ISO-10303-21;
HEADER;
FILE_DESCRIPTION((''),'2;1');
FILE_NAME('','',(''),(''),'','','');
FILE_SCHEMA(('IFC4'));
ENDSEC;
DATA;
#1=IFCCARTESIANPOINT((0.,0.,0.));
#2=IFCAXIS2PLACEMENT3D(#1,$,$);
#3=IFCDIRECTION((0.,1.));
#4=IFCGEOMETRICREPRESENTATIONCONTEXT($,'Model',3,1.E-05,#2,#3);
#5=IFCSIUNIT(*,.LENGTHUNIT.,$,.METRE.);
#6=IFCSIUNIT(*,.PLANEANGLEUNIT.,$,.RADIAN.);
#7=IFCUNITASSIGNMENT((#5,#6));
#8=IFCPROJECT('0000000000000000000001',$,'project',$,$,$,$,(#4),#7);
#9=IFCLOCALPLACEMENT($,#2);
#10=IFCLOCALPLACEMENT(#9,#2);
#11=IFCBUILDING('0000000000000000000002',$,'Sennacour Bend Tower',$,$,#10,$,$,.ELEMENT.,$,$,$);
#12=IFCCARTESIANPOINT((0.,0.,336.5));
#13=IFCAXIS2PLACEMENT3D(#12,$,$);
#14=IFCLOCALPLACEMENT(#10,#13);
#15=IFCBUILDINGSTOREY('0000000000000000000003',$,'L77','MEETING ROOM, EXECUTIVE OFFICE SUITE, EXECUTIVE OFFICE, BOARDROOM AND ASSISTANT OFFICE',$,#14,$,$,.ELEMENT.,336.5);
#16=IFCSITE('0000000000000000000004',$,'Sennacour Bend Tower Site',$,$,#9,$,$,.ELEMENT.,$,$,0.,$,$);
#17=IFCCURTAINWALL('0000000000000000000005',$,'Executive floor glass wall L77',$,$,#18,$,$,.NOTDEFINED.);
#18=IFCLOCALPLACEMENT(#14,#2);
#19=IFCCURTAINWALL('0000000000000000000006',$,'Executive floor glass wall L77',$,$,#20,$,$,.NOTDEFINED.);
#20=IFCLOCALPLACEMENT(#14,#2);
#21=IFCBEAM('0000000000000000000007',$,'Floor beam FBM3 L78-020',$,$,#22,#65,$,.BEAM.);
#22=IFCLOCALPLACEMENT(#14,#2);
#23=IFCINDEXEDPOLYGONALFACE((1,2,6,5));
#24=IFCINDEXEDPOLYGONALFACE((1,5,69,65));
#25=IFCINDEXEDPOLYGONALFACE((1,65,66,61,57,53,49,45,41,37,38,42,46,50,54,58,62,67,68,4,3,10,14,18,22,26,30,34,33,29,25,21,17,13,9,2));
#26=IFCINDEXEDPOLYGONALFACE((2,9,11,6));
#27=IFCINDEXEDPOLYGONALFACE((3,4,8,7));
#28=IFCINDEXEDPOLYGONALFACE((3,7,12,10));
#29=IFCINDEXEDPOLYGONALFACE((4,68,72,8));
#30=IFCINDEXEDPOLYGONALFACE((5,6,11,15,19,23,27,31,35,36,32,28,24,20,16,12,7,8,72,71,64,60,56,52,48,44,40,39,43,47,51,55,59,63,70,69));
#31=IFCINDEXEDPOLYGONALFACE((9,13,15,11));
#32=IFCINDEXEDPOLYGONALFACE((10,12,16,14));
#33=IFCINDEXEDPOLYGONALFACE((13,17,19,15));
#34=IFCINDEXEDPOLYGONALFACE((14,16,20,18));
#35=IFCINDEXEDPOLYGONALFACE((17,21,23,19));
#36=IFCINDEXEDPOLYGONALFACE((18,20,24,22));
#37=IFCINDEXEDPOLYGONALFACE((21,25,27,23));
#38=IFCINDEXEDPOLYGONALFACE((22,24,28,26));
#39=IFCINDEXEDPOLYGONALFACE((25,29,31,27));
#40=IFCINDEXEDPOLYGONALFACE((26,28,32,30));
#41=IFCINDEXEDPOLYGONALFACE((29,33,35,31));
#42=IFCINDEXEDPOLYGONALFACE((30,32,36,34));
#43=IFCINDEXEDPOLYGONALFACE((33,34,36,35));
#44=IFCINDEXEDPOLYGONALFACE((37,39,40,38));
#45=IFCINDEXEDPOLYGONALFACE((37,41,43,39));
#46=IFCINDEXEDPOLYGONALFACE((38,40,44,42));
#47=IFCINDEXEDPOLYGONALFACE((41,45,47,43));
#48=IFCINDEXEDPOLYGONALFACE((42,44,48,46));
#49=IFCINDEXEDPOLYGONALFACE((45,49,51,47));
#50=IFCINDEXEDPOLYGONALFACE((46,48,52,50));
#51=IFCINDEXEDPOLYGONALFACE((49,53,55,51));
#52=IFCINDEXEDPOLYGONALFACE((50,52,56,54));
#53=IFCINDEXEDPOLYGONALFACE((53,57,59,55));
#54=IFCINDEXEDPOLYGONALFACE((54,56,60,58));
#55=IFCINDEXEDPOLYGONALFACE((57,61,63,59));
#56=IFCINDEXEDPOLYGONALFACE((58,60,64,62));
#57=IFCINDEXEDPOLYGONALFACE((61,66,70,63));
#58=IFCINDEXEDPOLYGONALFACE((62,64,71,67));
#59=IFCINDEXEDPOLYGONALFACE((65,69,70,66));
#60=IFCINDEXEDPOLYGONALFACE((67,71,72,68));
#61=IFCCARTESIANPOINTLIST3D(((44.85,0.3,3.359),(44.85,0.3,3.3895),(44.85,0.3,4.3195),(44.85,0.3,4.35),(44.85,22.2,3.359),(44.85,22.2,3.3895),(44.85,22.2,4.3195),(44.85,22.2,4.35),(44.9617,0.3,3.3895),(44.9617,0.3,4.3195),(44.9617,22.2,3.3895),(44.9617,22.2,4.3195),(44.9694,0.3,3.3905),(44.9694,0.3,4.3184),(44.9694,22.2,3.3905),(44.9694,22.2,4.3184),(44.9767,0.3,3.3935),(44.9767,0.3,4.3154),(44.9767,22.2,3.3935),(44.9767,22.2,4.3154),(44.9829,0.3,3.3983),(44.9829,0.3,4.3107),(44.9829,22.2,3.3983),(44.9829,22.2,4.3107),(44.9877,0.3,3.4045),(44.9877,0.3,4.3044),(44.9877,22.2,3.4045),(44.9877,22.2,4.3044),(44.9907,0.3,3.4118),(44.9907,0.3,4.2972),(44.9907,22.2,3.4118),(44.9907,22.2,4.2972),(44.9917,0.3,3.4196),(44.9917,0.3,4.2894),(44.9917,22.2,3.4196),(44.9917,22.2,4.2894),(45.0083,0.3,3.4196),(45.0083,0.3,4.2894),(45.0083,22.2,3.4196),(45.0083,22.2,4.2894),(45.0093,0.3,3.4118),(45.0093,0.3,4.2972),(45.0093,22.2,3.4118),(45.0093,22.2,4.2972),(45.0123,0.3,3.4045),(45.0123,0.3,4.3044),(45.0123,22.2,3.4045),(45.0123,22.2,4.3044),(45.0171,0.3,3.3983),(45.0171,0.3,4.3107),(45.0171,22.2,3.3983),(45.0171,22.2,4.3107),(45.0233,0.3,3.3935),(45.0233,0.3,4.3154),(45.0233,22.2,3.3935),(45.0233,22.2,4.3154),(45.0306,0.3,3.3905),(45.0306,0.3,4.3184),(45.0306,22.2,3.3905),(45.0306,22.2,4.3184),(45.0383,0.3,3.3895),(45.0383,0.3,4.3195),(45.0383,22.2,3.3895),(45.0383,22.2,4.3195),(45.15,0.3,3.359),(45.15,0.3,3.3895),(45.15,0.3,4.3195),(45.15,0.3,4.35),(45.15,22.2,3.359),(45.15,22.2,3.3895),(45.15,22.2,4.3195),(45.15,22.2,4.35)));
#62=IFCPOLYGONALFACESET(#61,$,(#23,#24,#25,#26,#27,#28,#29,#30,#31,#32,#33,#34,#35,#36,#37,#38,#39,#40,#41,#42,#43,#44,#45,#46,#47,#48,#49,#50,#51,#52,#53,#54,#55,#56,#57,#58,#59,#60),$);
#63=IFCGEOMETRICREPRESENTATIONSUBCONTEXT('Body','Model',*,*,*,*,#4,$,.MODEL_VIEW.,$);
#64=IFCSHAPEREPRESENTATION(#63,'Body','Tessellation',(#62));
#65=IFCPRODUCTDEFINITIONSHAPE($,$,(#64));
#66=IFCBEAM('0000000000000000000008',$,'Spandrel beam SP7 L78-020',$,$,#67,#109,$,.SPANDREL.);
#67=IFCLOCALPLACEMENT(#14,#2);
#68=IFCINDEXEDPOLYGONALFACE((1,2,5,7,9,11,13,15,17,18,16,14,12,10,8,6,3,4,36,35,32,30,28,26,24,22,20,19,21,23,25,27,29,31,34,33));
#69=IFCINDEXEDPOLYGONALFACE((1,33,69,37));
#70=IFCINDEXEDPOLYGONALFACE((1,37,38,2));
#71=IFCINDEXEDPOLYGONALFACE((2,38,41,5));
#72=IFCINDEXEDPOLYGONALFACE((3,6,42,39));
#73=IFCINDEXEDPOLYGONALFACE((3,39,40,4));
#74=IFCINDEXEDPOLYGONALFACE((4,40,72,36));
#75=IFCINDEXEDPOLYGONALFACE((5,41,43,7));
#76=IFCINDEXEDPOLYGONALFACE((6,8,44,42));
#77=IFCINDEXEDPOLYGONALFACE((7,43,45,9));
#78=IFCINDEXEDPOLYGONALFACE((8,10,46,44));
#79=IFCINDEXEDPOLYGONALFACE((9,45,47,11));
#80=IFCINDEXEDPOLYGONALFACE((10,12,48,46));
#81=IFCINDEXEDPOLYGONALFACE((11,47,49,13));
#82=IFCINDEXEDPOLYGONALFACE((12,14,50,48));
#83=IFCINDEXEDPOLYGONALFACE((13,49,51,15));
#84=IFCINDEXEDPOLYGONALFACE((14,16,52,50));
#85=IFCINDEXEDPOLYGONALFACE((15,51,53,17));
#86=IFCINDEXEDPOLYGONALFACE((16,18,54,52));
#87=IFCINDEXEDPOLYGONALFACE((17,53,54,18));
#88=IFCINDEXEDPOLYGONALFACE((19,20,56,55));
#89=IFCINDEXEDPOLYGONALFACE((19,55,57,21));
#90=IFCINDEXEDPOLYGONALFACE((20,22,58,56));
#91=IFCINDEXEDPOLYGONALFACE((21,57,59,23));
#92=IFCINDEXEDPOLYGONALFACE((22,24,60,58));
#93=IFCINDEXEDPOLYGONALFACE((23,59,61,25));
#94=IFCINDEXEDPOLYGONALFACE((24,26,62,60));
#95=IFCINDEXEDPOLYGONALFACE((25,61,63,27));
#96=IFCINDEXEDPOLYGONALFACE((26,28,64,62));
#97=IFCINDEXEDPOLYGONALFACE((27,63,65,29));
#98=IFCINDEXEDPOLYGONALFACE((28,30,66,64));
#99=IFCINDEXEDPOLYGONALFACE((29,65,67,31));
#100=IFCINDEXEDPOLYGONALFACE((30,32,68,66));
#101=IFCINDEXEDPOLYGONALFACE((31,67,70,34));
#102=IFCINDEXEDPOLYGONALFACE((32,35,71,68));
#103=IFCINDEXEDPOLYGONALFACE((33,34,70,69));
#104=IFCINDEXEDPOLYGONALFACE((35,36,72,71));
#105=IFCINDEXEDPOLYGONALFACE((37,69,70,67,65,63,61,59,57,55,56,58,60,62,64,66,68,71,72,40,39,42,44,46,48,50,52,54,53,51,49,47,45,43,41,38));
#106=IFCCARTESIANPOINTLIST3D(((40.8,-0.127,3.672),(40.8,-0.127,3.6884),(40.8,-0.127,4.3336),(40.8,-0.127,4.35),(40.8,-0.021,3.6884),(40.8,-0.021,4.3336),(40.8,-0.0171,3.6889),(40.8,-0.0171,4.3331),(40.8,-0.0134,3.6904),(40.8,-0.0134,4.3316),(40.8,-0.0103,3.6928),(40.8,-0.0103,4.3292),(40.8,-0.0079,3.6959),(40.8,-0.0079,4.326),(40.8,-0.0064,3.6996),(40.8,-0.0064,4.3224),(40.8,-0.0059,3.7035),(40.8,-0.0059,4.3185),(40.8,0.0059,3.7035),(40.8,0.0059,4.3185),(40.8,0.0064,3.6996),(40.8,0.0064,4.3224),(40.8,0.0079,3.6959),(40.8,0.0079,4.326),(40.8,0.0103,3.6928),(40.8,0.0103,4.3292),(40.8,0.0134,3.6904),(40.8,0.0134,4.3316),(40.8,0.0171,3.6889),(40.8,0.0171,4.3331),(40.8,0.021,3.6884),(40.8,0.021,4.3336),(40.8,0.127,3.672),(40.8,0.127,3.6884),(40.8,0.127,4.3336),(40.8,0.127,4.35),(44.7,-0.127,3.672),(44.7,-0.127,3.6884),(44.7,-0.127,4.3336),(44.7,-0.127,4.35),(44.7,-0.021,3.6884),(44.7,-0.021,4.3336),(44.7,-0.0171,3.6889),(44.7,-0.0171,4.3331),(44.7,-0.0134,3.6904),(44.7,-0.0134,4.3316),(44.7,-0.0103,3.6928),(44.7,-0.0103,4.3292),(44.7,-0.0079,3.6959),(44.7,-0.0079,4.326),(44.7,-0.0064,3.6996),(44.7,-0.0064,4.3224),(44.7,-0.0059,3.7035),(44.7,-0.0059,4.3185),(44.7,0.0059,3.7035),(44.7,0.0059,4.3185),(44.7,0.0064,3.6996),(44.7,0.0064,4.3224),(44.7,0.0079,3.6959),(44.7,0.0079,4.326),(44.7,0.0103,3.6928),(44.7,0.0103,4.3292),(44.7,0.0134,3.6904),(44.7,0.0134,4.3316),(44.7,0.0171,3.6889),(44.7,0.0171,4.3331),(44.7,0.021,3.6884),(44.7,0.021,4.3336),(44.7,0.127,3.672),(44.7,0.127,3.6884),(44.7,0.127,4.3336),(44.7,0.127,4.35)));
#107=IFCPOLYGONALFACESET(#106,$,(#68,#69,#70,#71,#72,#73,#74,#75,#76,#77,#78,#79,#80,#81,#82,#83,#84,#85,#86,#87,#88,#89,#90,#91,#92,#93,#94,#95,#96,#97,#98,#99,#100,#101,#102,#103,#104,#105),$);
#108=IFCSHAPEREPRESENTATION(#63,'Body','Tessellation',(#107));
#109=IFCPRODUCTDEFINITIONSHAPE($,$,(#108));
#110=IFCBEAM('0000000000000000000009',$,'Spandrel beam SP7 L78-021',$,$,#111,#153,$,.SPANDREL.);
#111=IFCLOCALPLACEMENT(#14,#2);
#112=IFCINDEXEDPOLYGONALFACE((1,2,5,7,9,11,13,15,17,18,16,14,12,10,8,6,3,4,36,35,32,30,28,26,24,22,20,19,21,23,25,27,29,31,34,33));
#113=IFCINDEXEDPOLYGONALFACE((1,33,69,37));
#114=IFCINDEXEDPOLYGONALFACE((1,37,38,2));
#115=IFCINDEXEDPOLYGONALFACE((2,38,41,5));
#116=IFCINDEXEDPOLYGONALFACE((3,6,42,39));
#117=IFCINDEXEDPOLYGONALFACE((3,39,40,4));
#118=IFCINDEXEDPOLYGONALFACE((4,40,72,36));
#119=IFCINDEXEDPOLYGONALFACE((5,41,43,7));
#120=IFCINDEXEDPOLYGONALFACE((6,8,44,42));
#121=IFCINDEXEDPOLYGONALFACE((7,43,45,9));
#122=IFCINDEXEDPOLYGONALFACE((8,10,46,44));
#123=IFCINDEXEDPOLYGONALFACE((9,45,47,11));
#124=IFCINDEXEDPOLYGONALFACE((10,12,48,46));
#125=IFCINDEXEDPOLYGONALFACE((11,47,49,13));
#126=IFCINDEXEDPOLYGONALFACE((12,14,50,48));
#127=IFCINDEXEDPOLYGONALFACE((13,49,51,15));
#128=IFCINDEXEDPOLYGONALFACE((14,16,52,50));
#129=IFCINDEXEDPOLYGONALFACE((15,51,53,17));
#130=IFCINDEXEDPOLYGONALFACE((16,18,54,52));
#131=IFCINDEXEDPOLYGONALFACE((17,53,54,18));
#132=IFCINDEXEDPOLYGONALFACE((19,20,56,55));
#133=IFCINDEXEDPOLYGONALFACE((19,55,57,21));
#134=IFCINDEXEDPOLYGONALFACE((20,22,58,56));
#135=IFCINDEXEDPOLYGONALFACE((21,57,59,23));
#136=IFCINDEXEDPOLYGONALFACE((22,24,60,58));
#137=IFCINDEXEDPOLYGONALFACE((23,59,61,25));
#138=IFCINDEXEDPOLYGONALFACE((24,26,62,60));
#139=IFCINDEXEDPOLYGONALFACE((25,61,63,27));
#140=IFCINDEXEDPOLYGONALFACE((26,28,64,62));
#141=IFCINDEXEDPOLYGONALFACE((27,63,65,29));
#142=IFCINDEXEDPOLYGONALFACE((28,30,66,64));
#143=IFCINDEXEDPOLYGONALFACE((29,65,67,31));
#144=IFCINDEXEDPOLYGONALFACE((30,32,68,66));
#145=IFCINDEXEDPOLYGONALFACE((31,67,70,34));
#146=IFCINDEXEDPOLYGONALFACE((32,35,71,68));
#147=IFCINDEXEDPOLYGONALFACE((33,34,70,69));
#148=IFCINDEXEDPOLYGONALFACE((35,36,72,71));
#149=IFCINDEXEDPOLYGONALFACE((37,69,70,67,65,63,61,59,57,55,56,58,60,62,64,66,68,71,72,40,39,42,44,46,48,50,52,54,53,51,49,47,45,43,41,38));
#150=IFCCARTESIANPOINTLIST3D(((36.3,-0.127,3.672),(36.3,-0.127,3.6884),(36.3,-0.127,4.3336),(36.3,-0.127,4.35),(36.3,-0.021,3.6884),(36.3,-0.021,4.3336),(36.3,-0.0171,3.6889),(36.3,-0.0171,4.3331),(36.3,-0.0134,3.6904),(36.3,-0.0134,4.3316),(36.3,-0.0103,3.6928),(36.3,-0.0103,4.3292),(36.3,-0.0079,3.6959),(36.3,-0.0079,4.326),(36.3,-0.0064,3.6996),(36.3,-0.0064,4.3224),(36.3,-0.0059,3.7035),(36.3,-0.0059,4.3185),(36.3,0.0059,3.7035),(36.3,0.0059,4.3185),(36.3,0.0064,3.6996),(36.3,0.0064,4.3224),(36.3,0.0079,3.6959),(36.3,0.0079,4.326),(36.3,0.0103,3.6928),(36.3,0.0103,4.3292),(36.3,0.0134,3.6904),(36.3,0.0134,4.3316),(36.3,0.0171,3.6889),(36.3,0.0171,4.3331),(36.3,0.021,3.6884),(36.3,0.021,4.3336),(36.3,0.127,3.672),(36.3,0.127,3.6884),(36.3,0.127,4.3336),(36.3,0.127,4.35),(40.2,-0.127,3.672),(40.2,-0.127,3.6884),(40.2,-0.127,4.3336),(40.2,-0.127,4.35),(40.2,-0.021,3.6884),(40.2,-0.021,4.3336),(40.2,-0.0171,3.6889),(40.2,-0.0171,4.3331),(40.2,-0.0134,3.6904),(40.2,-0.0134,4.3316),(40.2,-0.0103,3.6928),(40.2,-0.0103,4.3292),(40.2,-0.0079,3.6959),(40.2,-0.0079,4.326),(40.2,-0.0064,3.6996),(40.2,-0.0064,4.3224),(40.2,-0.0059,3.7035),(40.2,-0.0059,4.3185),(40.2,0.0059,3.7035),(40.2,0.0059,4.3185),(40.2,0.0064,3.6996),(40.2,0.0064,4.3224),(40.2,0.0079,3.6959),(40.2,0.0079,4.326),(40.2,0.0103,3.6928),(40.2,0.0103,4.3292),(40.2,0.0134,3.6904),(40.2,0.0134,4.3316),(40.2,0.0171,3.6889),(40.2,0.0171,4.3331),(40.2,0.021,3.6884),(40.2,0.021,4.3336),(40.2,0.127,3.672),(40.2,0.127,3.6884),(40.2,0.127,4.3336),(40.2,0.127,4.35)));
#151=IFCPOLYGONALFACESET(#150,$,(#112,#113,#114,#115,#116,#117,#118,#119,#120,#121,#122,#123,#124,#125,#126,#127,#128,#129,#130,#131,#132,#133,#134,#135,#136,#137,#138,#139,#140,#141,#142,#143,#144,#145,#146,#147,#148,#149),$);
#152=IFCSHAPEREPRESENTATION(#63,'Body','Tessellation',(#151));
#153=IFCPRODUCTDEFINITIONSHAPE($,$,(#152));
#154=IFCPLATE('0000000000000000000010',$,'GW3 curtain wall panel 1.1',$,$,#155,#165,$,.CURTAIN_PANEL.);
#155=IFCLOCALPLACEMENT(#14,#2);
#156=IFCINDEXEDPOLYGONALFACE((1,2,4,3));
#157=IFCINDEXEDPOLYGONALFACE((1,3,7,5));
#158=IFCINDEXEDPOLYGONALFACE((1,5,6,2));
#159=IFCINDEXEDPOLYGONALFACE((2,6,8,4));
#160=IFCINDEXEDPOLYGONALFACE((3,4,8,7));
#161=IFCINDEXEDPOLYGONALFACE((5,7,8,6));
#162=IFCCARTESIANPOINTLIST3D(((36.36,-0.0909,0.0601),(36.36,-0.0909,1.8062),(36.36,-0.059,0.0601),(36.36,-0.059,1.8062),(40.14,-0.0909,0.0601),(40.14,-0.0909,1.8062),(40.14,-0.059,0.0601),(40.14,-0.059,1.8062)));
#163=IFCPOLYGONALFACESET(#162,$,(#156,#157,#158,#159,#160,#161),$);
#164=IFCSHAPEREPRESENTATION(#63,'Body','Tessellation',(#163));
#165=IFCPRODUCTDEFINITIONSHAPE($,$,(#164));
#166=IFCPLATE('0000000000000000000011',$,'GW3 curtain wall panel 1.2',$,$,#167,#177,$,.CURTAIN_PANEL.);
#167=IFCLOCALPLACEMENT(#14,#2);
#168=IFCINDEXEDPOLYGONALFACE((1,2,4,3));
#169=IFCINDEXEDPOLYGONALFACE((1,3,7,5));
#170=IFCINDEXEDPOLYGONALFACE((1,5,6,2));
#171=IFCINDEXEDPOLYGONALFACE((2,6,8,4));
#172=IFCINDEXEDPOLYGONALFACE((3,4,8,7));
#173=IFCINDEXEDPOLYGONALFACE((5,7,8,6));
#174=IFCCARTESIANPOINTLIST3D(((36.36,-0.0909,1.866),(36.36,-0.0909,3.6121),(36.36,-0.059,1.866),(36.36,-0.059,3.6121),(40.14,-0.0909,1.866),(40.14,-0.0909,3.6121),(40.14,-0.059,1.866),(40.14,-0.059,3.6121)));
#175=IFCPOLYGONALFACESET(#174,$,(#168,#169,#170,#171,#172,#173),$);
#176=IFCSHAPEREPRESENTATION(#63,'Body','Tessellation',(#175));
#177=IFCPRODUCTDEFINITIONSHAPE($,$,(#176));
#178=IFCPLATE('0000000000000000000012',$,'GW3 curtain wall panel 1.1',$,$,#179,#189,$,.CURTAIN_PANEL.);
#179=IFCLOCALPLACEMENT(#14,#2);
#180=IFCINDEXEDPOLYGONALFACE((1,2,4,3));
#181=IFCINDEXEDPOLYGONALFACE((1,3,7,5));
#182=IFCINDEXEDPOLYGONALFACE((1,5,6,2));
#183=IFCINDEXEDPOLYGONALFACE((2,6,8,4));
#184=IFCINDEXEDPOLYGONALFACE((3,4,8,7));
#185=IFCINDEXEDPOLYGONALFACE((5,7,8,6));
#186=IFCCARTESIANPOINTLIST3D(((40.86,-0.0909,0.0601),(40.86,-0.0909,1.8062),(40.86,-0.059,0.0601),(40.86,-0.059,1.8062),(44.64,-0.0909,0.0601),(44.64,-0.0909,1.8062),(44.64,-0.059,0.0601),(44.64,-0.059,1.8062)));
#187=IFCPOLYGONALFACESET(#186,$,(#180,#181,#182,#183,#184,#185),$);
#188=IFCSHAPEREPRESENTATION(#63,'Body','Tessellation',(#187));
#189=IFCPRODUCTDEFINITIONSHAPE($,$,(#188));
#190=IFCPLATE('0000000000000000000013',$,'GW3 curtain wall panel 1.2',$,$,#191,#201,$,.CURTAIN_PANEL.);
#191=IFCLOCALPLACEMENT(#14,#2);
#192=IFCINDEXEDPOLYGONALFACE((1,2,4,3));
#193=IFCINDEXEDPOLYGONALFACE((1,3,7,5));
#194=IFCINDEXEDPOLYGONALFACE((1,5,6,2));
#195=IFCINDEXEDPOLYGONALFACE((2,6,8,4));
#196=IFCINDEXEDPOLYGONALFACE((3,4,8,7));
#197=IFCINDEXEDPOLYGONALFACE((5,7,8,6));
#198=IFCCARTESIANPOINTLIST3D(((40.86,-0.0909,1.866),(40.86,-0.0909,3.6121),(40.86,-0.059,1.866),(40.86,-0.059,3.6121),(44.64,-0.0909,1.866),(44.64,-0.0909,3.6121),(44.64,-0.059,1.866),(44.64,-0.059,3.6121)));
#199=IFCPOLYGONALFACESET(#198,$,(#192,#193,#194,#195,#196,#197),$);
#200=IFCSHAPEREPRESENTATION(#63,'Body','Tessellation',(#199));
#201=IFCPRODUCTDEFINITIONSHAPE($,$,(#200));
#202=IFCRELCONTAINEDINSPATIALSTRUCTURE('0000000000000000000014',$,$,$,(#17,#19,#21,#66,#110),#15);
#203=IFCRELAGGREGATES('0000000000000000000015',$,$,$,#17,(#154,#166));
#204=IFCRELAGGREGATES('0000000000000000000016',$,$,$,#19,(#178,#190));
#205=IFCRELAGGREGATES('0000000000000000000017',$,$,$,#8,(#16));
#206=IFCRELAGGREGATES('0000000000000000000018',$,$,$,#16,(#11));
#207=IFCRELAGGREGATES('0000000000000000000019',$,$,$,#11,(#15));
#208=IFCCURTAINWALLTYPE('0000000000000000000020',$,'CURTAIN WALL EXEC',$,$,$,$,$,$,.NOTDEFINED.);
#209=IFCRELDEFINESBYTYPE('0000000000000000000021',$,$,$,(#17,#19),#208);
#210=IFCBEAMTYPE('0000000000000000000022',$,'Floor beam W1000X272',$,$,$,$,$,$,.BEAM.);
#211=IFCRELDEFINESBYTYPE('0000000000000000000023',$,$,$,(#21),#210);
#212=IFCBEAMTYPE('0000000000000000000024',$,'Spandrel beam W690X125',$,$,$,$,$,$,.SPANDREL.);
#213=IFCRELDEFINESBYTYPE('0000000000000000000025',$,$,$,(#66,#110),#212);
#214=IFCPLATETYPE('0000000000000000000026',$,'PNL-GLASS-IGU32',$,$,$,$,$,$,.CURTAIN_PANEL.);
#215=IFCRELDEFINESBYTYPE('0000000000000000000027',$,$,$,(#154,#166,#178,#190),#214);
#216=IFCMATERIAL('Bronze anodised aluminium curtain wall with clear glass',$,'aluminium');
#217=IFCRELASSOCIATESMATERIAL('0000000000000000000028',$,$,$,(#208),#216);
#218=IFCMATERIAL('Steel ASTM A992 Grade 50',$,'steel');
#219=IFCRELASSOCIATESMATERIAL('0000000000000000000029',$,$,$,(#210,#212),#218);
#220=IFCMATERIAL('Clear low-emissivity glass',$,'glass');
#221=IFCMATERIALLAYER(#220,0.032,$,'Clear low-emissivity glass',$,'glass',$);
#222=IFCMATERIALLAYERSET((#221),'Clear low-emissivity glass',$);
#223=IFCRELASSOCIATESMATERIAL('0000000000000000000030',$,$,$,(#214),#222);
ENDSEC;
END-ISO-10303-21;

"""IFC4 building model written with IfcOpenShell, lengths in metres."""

from ifc_helpers import new_model, si_unit, direction, frame, origin, origin_2d, place, context, subcontext, project, spatial, rectangle, i_section, extrude, material, layer, layer_set, material_profile, profile_set, type_object, element, aggregate, save


model = new_model("IFC4")

# Units and contexts
model_context = context("Model", 3, precision=1e-05, world=origin(), true_north=direction((0.0, 1.0)))
body_context = subcontext(model_context, "Body", "Model", "MODEL_VIEW")
ifc_project = project(units=[si_unit("LENGTHUNIT", "METRE"), si_unit("PLANEANGLEUNIT", "RADIAN")], contexts=[model_context])

# Site, building, storey
site_placement = place(None, origin())
site = spatial("IfcSite", under=ifc_project, at=site_placement, Name="Sennacour Bend Tower Site", CompositionType="ELEMENT", RefElevation=0.0)
building_placement = place(site_placement, origin())
building = spatial("IfcBuilding", under=site, at=building_placement, Name="Sennacour Bend Tower", CompositionType="ELEMENT")
storey_placement = place(building_placement, frame((0.0, 0.0, 336.5)))
storey = spatial("IfcBuildingStorey", under=building, at=storey_placement, Name="L77", Description="MEETING ROOM, EXECUTIVE OFFICE SUITE, EXECUTIVE OFFICE, BOARDROOM AND ASSISTANT OFFICE", CompositionType="ELEMENT", Elevation=336.5)

# Curtain walls
ifc_material_1 = material(Name="Bronze anodised aluminium curtain wall with clear glass", Category="aluminium")
curtain_wall_type = type_object("IfcCurtainWallType", Name="CURTAIN WALL EXEC", PredefinedType="NOTDEFINED", material=ifc_material_1)
curtain_wall_1_placement = place(storey_placement, origin())
curtain_wall_1 = element("IfcCurtainWall", 1, at=curtain_wall_1_placement, inside=storey, type_object=curtain_wall_type, Name="Executive floor glass wall L77", PredefinedType="NOTDEFINED")
curtain_wall_2_placement = place(storey_placement, origin())
curtain_wall_2 = element("IfcCurtainWall", 2, at=curtain_wall_2_placement, inside=storey, type_object=curtain_wall_type, Name="Executive floor glass wall L77", PredefinedType="NOTDEFINED")

# Beams
ifc_material_2 = material(Name="Steel ASTM A992 Grade 50", Category="steel")
ifc_material_profile_1 = material_profile(ifc_material_2, i_section(OverallWidth=0.3, OverallDepth=0.991, WebThickness=0.0166, FlangeThickness=0.0305, FilletRadius=0.03, at=origin_2d()), Name="Steel ASTM A992 Grade 50", Category="steel")
ifc_profile_set_1 = profile_set([ifc_material_profile_1], Name="Steel ASTM A992 Grade 50")
beam_type_1 = type_object("IfcBeamType", Name="Floor beam W1000X272", PredefinedType="BEAM", material=ifc_profile_set_1)
beam_1_placement = place(storey_placement, frame((45.0, 0.3, 3.8545), z_axis=(0.0, 1.0, 0.0), x_axis=(-1.0, 0.0, 0.0)))
element("IfcBeam", 3, at=beam_1_placement, inside=storey, type_object=beam_type_1, Name="Floor beam FBM3 L78-020", PredefinedType="BEAM", context=body_context, shape_type="SweptSolid", body=[
    extrude(i_section(OverallWidth=0.3, OverallDepth=0.991, WebThickness=0.0166, FlangeThickness=0.0305, FilletRadius=0.03, at=origin_2d()), origin(), (0.0, 0.0, 1.0), 21.8999),
])
ifc_material_profile_2 = material_profile(ifc_material_2, i_section(OverallWidth=0.2539, OverallDepth=0.678, WebThickness=0.0117, FlangeThickness=0.0164, FilletRadius=0.0151, at=origin_2d()), Name="Steel ASTM A992 Grade 50", Category="steel")
ifc_profile_set_2 = profile_set([ifc_material_profile_2], Name="Steel ASTM A992 Grade 50")
beam_type_2 = type_object("IfcBeamType", Name="Spandrel beam W690X125", PredefinedType="SPANDREL", material=ifc_profile_set_2)
for number, where, z_axis, x_axis, name in (
    (4, (44.7, 0.0, 4.011), (-1.0, 0.0, 0.0), (0.0, -1.0, 0.0), "Spandrel beam SP7 L78-020"),
    (5, (40.2, 0.0, 4.011), (-1.0, 0.0, 0.0), (0.0, -1.0, 0.0), "Spandrel beam SP7 L78-021"),
):
    element("IfcBeam", number, at=place(storey_placement, frame(where, z_axis=z_axis, x_axis=x_axis)), inside=storey, type_object=beam_type_2, Name=name, PredefinedType="SPANDREL", context=body_context, shape_type="SweptSolid", body=[
        extrude(i_section(OverallWidth=0.2539, OverallDepth=0.678, WebThickness=0.0117, FlangeThickness=0.0164, FilletRadius=0.0151, at=origin_2d()), origin(), (0.0, 0.0, 1.0), 3.8999),
    ])

# Plates
ifc_material_3 = material(Name="Clear low-emissivity glass", Category="glass")
ifc_layer_1 = layer(ifc_material_3, 0.032, Name="Clear low-emissivity glass", Category="glass")
ifc_layer_set_1 = layer_set([ifc_layer_1], Name="Clear low-emissivity glass")
plate_type = type_object("IfcPlateType", Name="PNL-GLASS-IGU32", PredefinedType="CURTAIN_PANEL", material=ifc_layer_set_1)
plate_1_placement = place(storey_placement, frame((38.25, -0.075, 0.0601), z_axis=(0.0, 0.0, 1.0), x_axis=(1.0, 0.0, 0.0)))
plate_1 = element("IfcPlate", 6, at=plate_1_placement, type_object=plate_type, Name="GW3 curtain wall panel 1.1", PredefinedType="CURTAIN_PANEL", context=body_context, shape_type="SweptSolid", body=[
    extrude(rectangle(XDim=3.78, YDim=0.032, at=origin_2d()), origin(), (0.0, 0.0, 1.0), 1.7461),
])
plate_2_placement = place(storey_placement, frame((38.25, -0.075, 1.866), z_axis=(0.0, 0.0, 1.0), x_axis=(1.0, 0.0, 0.0)))
plate_2 = element("IfcPlate", 7, at=plate_2_placement, type_object=plate_type, Name="GW3 curtain wall panel 1.2", PredefinedType="CURTAIN_PANEL", context=body_context, shape_type="SweptSolid", body=[
    extrude(rectangle(XDim=3.78, YDim=0.032, at=origin_2d()), origin(), (0.0, 0.0, 1.0), 1.7461),
])
aggregate(curtain_wall_1, [plate_1, plate_2])
plate_3_placement = place(storey_placement, frame((42.75, -0.075, 0.0601), z_axis=(0.0, 0.0, 1.0), x_axis=(1.0, 0.0, 0.0)))
plate_3 = element("IfcPlate", 8, at=plate_3_placement, type_object=plate_type, Name="GW3 curtain wall panel 1.1", PredefinedType="CURTAIN_PANEL", context=body_context, shape_type="SweptSolid", body=[
    extrude(rectangle(XDim=3.78, YDim=0.032, at=origin_2d()), origin(), (0.0, 0.0, 1.0), 1.7461),
])
plate_4_placement = place(storey_placement, frame((42.75, -0.075, 1.866), z_axis=(0.0, 0.0, 1.0), x_axis=(1.0, 0.0, 0.0)))
plate_4 = element("IfcPlate", 9, at=plate_4_placement, type_object=plate_type, Name="GW3 curtain wall panel 1.2", PredefinedType="CURTAIN_PANEL", context=body_context, shape_type="SweptSolid", body=[
    extrude(rectangle(XDim=3.78, YDim=0.032, at=origin_2d()), origin(), (0.0, 0.0, 1.0), 1.7461),
])
aggregate(curtain_wall_2, [plate_3, plate_4])

save(model, "model.ifc")
